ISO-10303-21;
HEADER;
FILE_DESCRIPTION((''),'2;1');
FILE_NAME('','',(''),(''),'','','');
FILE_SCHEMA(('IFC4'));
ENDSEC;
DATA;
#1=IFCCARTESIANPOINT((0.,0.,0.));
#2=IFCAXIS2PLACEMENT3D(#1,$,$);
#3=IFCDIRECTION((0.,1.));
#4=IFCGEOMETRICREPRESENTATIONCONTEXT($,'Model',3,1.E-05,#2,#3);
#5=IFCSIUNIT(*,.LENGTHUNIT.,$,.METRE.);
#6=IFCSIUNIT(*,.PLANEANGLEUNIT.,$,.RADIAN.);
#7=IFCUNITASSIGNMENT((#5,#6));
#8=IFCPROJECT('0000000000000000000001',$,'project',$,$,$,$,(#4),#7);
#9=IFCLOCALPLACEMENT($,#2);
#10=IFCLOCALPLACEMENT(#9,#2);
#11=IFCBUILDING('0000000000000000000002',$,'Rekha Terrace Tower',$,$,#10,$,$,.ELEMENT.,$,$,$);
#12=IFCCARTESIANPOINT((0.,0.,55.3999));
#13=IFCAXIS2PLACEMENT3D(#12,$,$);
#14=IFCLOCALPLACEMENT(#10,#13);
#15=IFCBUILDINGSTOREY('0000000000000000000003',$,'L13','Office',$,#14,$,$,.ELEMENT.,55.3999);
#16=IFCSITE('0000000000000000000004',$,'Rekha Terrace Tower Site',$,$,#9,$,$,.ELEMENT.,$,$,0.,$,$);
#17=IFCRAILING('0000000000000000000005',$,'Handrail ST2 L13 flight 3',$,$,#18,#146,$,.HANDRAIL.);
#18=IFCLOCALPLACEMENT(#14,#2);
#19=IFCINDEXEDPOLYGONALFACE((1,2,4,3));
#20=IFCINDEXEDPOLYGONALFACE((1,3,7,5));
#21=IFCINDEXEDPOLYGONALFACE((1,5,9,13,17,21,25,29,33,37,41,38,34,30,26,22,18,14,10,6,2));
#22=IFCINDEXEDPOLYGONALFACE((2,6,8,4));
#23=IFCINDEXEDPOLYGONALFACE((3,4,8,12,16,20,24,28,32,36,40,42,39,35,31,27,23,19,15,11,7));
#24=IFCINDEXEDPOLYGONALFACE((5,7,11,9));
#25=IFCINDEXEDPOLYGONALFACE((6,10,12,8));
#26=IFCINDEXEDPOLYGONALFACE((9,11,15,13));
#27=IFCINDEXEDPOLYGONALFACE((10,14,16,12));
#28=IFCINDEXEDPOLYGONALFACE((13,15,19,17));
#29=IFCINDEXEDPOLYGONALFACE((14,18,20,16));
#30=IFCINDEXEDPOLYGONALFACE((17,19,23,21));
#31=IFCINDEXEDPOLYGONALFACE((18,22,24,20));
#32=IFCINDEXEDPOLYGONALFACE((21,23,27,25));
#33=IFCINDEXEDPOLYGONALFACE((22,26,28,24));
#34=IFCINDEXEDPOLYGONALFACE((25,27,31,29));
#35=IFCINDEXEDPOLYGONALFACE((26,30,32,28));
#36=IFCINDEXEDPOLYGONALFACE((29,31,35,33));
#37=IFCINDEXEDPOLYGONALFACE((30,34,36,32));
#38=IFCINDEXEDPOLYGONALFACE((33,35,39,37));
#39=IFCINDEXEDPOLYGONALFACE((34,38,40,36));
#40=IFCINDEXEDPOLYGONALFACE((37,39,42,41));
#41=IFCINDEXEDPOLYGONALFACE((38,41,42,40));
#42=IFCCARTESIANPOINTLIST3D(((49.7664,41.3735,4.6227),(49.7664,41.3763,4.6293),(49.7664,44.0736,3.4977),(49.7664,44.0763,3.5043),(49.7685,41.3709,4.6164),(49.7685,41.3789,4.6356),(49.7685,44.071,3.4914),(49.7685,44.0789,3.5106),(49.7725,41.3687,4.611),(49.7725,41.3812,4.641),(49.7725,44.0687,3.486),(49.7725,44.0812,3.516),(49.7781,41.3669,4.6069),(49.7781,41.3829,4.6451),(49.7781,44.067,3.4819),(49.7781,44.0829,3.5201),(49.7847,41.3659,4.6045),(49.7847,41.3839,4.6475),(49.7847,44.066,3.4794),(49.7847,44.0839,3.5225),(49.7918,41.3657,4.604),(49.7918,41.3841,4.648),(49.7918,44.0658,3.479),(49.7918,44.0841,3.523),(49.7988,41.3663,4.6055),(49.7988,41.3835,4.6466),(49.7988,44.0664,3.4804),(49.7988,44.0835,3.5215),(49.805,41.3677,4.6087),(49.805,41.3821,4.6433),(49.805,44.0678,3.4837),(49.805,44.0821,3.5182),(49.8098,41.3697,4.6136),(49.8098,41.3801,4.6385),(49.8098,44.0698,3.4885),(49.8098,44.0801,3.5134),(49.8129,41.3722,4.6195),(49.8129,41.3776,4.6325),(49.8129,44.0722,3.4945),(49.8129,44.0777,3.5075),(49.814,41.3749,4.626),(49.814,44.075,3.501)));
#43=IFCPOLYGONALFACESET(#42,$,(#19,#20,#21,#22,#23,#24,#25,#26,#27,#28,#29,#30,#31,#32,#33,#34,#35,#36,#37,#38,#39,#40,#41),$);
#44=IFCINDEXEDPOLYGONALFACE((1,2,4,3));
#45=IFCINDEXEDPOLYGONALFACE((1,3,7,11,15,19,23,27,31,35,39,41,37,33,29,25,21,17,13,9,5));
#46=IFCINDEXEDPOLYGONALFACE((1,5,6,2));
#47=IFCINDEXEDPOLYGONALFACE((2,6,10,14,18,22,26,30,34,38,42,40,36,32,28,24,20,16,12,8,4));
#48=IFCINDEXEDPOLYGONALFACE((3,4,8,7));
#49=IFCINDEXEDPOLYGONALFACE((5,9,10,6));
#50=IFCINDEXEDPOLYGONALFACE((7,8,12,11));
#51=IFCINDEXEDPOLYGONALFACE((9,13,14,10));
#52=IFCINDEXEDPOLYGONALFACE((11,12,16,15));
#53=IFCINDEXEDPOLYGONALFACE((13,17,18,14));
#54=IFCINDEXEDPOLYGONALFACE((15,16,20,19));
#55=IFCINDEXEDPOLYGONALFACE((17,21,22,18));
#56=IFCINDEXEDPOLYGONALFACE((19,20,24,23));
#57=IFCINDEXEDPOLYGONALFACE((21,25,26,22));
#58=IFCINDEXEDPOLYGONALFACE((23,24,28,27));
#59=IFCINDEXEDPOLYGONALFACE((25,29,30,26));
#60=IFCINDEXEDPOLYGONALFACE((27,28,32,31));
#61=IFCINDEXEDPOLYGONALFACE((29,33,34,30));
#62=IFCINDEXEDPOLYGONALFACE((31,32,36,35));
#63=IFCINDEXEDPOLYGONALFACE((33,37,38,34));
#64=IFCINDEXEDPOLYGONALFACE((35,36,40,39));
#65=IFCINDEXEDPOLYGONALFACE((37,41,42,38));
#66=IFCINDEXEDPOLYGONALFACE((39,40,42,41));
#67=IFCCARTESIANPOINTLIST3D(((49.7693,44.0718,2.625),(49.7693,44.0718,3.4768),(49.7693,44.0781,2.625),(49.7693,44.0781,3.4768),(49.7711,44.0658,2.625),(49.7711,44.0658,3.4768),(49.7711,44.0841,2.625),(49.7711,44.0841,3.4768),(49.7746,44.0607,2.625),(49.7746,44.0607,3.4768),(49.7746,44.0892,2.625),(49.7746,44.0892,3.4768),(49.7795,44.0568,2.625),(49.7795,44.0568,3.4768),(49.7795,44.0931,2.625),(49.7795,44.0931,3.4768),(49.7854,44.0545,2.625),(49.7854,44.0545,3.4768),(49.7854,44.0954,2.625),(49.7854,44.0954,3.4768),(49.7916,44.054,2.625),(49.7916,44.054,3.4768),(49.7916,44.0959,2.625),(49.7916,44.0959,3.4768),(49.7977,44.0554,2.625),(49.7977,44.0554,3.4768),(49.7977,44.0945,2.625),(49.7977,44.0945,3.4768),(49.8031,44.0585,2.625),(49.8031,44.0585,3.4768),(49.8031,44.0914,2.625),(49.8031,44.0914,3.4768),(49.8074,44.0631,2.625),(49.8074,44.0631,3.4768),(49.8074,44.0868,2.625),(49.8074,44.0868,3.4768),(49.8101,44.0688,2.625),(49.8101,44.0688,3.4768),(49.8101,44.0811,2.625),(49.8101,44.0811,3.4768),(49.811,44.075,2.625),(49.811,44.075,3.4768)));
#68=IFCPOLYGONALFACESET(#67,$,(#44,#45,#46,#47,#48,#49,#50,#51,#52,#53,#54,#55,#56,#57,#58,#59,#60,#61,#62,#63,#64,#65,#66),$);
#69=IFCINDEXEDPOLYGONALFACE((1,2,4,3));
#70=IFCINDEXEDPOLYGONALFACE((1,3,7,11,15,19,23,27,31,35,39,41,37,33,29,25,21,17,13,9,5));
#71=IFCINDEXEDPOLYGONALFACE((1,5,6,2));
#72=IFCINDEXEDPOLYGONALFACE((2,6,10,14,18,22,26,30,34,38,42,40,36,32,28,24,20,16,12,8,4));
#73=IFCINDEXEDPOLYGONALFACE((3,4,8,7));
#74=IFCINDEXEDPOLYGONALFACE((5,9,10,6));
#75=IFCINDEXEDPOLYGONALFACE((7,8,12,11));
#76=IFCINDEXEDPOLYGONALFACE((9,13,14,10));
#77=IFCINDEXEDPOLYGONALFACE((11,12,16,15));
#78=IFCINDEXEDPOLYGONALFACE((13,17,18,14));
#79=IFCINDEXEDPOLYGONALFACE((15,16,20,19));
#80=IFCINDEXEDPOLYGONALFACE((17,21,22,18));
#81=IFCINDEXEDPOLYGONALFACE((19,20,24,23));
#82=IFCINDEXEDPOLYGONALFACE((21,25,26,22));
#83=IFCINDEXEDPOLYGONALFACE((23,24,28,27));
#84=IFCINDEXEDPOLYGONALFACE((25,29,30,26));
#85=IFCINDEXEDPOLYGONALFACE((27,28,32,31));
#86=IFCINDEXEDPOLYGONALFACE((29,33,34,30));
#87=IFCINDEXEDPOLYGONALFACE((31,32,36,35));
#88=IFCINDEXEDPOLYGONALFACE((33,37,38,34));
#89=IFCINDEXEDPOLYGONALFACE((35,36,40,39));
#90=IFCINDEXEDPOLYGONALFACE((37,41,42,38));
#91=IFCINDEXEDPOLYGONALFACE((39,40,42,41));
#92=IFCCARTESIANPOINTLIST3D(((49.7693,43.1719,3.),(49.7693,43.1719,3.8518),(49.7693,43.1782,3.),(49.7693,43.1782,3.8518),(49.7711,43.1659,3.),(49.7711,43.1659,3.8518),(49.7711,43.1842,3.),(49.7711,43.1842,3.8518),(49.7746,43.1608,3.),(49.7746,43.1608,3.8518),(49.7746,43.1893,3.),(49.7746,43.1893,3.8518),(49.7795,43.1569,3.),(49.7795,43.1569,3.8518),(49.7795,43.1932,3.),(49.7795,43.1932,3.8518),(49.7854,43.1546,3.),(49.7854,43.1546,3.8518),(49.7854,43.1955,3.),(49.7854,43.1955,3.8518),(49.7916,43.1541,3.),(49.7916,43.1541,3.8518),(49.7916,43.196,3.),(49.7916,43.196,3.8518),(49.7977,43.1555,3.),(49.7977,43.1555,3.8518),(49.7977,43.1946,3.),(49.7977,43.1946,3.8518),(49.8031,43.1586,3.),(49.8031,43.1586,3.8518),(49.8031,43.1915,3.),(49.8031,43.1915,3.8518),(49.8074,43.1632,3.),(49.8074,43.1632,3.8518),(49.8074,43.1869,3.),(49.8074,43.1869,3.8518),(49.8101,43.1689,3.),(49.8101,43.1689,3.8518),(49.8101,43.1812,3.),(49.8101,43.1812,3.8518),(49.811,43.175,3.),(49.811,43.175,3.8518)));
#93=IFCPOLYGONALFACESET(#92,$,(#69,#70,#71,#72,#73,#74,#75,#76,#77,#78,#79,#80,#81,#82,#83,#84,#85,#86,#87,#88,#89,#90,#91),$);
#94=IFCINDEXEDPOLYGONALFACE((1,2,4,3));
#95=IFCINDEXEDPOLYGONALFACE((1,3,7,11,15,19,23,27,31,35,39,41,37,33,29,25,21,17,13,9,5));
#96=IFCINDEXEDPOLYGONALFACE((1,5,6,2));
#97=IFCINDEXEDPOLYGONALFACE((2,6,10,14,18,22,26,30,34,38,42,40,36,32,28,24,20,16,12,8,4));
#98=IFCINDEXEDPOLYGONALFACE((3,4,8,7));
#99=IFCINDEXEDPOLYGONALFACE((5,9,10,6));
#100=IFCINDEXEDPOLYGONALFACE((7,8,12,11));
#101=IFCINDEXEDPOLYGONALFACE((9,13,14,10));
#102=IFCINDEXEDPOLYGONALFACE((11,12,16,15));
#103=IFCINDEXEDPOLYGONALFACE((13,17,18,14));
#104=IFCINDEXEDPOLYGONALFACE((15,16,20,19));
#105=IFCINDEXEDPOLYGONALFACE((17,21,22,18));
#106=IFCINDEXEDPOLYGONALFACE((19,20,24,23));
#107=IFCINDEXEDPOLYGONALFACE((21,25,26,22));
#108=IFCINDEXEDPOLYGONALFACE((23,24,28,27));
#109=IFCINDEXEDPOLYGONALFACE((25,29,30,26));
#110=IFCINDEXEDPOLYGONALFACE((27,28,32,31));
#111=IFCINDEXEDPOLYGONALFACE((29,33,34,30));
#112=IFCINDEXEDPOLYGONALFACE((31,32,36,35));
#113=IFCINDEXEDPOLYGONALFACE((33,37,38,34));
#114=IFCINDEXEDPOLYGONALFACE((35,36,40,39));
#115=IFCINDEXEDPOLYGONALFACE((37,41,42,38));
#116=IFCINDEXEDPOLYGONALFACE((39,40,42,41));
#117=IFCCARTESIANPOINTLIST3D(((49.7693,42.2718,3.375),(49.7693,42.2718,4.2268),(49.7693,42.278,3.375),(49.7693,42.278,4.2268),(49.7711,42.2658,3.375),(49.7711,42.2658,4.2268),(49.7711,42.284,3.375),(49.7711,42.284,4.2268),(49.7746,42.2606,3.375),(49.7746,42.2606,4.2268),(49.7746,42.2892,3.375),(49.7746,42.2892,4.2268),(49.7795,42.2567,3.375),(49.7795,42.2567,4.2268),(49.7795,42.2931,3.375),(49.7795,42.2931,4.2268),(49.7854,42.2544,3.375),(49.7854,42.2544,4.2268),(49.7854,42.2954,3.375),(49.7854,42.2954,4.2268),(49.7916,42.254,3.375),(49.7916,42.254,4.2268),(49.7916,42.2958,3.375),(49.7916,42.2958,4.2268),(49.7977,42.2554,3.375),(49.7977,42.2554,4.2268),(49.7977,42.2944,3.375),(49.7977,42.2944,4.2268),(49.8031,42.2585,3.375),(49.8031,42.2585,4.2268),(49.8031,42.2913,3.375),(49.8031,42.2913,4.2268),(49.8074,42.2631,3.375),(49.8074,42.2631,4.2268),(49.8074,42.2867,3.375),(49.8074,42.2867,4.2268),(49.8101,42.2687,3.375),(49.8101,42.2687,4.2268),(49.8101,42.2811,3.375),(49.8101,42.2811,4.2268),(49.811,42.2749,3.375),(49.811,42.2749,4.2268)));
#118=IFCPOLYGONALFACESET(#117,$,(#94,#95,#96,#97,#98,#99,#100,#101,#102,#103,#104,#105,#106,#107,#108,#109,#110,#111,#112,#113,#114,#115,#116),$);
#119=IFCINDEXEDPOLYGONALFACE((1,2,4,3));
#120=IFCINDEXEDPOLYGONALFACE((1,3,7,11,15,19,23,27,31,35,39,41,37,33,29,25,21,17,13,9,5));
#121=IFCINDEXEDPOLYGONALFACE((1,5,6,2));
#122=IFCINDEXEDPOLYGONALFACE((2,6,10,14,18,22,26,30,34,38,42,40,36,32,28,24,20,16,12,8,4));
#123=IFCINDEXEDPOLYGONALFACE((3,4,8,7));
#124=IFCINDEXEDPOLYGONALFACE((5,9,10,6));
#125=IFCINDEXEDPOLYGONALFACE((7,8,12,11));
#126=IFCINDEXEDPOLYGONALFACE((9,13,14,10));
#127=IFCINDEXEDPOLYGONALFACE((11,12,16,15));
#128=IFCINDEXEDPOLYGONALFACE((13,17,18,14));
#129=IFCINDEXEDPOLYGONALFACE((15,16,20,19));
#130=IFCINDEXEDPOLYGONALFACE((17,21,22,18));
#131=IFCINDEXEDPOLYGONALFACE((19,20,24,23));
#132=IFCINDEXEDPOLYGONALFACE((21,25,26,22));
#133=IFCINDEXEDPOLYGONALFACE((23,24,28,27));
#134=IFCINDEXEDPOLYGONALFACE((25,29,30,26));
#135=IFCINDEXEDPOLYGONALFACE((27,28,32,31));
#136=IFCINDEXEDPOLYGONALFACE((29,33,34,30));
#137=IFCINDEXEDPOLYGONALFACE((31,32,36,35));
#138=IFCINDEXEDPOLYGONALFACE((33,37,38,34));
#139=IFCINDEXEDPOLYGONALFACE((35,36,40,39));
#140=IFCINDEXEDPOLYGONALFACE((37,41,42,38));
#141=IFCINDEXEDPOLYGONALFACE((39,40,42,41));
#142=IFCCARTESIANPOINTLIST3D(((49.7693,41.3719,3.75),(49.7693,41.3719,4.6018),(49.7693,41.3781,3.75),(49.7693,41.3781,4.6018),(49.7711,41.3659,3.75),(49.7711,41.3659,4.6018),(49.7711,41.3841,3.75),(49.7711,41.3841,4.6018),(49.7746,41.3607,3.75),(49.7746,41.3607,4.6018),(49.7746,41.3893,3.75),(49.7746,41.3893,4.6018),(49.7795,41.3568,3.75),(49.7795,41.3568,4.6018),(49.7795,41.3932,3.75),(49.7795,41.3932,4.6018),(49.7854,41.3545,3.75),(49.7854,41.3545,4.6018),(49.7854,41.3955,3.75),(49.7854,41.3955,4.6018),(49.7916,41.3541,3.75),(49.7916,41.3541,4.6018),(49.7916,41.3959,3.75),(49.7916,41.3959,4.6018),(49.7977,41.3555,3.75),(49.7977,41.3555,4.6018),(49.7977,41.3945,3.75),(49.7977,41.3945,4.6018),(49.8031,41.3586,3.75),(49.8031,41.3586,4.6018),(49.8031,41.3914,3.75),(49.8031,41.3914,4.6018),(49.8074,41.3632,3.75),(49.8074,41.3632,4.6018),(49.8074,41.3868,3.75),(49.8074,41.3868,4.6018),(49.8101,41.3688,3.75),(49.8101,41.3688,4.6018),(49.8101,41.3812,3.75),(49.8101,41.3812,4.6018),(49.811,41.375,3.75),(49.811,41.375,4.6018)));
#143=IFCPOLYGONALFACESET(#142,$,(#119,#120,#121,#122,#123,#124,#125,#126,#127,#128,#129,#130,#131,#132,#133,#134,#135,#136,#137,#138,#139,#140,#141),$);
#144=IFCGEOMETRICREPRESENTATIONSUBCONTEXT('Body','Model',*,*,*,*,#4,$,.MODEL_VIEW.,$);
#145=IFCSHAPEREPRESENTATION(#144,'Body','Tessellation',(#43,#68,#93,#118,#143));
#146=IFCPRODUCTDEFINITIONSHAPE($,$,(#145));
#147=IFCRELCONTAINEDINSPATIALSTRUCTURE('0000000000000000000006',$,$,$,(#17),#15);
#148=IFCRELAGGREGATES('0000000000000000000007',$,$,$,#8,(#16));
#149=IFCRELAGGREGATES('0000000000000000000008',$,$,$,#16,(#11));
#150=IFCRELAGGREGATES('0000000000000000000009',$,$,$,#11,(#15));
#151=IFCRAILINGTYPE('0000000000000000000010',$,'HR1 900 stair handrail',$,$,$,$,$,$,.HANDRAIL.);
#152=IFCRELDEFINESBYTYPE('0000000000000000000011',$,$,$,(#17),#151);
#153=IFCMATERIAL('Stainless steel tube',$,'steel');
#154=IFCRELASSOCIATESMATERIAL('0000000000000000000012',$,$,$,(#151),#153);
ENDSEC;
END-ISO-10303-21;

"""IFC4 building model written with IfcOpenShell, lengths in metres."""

from ifc_helpers import new_model, si_unit, direction, frame, origin, origin_2d, place, context, subcontext, project, spatial, circle, extrude, material, type_object, element, save


model = new_model("IFC4")

# Units and contexts
model_context = context("Model", 3, precision=1e-05, world=origin(), true_north=direction((0.0, 1.0)))
body_context = subcontext(model_context, "Body", "Model", "MODEL_VIEW")
ifc_project = project(units=[si_unit("LENGTHUNIT", "METRE"), si_unit("PLANEANGLEUNIT", "RADIAN")], contexts=[model_context])

# Site, building, storey
site_placement = place(None, origin())
site = spatial("IfcSite", under=ifc_project, at=site_placement, Name="Rekha Terrace Tower Site", CompositionType="ELEMENT", RefElevation=0.0)
building_placement = place(site_placement, origin())
building = spatial("IfcBuilding", under=site, at=building_placement, Name="Rekha Terrace Tower", CompositionType="ELEMENT")
storey_placement = place(building_placement, frame((0.0, 0.0, 55.3999)))
storey = spatial("IfcBuildingStorey", under=building, at=storey_placement, Name="L13", Description="Office", CompositionType="ELEMENT", Elevation=55.3999)

# Railing
ifc_material_1 = material(Name="Stainless steel tube", Category="steel")
railing_type_1 = type_object("IfcRailingType", Name="HR1 900 stair handrail", PredefinedType="HANDRAIL", material=ifc_material_1)
railing_1_placement = place(storey_placement, frame((49.79, 44.075, 2.625)))
element("IfcRailing", 1, at=railing_1_placement, inside=storey, type_object=railing_type_1, Name="Handrail ST2 L13 flight 3", PredefinedType="HANDRAIL", context=body_context, shape_type="SweptSolid", body=[
    extrude(circle(Radius=0.0239, at=origin_2d()), frame((0.0, 0.0, 0.876), z_axis=(0.0, -0.923074, 0.384621), x_axis=(1.0, 0.0, 0.0)), (0.0, 0.0, 1.0), 2.925),
    extrude(circle(Radius=0.021, at=origin_2d()), origin(), (0.0, 0.0, 1.0), 0.8518),
    extrude(circle(Radius=0.021, at=origin_2d()), frame((0.0, -0.8999, 0.375)), (0.0, 0.0, 1.0), 0.8518),
    extrude(circle(Radius=0.021, at=origin_2d()), frame((0.0, -1.8, 0.75)), (0.0, 0.0, 1.0), 0.8518),
    extrude(circle(Radius=0.021, at=origin_2d()), frame((0.0, -2.7, 1.125)), (0.0, 0.0, 1.0), 0.8518),
])

save(model, "model.ifc")
